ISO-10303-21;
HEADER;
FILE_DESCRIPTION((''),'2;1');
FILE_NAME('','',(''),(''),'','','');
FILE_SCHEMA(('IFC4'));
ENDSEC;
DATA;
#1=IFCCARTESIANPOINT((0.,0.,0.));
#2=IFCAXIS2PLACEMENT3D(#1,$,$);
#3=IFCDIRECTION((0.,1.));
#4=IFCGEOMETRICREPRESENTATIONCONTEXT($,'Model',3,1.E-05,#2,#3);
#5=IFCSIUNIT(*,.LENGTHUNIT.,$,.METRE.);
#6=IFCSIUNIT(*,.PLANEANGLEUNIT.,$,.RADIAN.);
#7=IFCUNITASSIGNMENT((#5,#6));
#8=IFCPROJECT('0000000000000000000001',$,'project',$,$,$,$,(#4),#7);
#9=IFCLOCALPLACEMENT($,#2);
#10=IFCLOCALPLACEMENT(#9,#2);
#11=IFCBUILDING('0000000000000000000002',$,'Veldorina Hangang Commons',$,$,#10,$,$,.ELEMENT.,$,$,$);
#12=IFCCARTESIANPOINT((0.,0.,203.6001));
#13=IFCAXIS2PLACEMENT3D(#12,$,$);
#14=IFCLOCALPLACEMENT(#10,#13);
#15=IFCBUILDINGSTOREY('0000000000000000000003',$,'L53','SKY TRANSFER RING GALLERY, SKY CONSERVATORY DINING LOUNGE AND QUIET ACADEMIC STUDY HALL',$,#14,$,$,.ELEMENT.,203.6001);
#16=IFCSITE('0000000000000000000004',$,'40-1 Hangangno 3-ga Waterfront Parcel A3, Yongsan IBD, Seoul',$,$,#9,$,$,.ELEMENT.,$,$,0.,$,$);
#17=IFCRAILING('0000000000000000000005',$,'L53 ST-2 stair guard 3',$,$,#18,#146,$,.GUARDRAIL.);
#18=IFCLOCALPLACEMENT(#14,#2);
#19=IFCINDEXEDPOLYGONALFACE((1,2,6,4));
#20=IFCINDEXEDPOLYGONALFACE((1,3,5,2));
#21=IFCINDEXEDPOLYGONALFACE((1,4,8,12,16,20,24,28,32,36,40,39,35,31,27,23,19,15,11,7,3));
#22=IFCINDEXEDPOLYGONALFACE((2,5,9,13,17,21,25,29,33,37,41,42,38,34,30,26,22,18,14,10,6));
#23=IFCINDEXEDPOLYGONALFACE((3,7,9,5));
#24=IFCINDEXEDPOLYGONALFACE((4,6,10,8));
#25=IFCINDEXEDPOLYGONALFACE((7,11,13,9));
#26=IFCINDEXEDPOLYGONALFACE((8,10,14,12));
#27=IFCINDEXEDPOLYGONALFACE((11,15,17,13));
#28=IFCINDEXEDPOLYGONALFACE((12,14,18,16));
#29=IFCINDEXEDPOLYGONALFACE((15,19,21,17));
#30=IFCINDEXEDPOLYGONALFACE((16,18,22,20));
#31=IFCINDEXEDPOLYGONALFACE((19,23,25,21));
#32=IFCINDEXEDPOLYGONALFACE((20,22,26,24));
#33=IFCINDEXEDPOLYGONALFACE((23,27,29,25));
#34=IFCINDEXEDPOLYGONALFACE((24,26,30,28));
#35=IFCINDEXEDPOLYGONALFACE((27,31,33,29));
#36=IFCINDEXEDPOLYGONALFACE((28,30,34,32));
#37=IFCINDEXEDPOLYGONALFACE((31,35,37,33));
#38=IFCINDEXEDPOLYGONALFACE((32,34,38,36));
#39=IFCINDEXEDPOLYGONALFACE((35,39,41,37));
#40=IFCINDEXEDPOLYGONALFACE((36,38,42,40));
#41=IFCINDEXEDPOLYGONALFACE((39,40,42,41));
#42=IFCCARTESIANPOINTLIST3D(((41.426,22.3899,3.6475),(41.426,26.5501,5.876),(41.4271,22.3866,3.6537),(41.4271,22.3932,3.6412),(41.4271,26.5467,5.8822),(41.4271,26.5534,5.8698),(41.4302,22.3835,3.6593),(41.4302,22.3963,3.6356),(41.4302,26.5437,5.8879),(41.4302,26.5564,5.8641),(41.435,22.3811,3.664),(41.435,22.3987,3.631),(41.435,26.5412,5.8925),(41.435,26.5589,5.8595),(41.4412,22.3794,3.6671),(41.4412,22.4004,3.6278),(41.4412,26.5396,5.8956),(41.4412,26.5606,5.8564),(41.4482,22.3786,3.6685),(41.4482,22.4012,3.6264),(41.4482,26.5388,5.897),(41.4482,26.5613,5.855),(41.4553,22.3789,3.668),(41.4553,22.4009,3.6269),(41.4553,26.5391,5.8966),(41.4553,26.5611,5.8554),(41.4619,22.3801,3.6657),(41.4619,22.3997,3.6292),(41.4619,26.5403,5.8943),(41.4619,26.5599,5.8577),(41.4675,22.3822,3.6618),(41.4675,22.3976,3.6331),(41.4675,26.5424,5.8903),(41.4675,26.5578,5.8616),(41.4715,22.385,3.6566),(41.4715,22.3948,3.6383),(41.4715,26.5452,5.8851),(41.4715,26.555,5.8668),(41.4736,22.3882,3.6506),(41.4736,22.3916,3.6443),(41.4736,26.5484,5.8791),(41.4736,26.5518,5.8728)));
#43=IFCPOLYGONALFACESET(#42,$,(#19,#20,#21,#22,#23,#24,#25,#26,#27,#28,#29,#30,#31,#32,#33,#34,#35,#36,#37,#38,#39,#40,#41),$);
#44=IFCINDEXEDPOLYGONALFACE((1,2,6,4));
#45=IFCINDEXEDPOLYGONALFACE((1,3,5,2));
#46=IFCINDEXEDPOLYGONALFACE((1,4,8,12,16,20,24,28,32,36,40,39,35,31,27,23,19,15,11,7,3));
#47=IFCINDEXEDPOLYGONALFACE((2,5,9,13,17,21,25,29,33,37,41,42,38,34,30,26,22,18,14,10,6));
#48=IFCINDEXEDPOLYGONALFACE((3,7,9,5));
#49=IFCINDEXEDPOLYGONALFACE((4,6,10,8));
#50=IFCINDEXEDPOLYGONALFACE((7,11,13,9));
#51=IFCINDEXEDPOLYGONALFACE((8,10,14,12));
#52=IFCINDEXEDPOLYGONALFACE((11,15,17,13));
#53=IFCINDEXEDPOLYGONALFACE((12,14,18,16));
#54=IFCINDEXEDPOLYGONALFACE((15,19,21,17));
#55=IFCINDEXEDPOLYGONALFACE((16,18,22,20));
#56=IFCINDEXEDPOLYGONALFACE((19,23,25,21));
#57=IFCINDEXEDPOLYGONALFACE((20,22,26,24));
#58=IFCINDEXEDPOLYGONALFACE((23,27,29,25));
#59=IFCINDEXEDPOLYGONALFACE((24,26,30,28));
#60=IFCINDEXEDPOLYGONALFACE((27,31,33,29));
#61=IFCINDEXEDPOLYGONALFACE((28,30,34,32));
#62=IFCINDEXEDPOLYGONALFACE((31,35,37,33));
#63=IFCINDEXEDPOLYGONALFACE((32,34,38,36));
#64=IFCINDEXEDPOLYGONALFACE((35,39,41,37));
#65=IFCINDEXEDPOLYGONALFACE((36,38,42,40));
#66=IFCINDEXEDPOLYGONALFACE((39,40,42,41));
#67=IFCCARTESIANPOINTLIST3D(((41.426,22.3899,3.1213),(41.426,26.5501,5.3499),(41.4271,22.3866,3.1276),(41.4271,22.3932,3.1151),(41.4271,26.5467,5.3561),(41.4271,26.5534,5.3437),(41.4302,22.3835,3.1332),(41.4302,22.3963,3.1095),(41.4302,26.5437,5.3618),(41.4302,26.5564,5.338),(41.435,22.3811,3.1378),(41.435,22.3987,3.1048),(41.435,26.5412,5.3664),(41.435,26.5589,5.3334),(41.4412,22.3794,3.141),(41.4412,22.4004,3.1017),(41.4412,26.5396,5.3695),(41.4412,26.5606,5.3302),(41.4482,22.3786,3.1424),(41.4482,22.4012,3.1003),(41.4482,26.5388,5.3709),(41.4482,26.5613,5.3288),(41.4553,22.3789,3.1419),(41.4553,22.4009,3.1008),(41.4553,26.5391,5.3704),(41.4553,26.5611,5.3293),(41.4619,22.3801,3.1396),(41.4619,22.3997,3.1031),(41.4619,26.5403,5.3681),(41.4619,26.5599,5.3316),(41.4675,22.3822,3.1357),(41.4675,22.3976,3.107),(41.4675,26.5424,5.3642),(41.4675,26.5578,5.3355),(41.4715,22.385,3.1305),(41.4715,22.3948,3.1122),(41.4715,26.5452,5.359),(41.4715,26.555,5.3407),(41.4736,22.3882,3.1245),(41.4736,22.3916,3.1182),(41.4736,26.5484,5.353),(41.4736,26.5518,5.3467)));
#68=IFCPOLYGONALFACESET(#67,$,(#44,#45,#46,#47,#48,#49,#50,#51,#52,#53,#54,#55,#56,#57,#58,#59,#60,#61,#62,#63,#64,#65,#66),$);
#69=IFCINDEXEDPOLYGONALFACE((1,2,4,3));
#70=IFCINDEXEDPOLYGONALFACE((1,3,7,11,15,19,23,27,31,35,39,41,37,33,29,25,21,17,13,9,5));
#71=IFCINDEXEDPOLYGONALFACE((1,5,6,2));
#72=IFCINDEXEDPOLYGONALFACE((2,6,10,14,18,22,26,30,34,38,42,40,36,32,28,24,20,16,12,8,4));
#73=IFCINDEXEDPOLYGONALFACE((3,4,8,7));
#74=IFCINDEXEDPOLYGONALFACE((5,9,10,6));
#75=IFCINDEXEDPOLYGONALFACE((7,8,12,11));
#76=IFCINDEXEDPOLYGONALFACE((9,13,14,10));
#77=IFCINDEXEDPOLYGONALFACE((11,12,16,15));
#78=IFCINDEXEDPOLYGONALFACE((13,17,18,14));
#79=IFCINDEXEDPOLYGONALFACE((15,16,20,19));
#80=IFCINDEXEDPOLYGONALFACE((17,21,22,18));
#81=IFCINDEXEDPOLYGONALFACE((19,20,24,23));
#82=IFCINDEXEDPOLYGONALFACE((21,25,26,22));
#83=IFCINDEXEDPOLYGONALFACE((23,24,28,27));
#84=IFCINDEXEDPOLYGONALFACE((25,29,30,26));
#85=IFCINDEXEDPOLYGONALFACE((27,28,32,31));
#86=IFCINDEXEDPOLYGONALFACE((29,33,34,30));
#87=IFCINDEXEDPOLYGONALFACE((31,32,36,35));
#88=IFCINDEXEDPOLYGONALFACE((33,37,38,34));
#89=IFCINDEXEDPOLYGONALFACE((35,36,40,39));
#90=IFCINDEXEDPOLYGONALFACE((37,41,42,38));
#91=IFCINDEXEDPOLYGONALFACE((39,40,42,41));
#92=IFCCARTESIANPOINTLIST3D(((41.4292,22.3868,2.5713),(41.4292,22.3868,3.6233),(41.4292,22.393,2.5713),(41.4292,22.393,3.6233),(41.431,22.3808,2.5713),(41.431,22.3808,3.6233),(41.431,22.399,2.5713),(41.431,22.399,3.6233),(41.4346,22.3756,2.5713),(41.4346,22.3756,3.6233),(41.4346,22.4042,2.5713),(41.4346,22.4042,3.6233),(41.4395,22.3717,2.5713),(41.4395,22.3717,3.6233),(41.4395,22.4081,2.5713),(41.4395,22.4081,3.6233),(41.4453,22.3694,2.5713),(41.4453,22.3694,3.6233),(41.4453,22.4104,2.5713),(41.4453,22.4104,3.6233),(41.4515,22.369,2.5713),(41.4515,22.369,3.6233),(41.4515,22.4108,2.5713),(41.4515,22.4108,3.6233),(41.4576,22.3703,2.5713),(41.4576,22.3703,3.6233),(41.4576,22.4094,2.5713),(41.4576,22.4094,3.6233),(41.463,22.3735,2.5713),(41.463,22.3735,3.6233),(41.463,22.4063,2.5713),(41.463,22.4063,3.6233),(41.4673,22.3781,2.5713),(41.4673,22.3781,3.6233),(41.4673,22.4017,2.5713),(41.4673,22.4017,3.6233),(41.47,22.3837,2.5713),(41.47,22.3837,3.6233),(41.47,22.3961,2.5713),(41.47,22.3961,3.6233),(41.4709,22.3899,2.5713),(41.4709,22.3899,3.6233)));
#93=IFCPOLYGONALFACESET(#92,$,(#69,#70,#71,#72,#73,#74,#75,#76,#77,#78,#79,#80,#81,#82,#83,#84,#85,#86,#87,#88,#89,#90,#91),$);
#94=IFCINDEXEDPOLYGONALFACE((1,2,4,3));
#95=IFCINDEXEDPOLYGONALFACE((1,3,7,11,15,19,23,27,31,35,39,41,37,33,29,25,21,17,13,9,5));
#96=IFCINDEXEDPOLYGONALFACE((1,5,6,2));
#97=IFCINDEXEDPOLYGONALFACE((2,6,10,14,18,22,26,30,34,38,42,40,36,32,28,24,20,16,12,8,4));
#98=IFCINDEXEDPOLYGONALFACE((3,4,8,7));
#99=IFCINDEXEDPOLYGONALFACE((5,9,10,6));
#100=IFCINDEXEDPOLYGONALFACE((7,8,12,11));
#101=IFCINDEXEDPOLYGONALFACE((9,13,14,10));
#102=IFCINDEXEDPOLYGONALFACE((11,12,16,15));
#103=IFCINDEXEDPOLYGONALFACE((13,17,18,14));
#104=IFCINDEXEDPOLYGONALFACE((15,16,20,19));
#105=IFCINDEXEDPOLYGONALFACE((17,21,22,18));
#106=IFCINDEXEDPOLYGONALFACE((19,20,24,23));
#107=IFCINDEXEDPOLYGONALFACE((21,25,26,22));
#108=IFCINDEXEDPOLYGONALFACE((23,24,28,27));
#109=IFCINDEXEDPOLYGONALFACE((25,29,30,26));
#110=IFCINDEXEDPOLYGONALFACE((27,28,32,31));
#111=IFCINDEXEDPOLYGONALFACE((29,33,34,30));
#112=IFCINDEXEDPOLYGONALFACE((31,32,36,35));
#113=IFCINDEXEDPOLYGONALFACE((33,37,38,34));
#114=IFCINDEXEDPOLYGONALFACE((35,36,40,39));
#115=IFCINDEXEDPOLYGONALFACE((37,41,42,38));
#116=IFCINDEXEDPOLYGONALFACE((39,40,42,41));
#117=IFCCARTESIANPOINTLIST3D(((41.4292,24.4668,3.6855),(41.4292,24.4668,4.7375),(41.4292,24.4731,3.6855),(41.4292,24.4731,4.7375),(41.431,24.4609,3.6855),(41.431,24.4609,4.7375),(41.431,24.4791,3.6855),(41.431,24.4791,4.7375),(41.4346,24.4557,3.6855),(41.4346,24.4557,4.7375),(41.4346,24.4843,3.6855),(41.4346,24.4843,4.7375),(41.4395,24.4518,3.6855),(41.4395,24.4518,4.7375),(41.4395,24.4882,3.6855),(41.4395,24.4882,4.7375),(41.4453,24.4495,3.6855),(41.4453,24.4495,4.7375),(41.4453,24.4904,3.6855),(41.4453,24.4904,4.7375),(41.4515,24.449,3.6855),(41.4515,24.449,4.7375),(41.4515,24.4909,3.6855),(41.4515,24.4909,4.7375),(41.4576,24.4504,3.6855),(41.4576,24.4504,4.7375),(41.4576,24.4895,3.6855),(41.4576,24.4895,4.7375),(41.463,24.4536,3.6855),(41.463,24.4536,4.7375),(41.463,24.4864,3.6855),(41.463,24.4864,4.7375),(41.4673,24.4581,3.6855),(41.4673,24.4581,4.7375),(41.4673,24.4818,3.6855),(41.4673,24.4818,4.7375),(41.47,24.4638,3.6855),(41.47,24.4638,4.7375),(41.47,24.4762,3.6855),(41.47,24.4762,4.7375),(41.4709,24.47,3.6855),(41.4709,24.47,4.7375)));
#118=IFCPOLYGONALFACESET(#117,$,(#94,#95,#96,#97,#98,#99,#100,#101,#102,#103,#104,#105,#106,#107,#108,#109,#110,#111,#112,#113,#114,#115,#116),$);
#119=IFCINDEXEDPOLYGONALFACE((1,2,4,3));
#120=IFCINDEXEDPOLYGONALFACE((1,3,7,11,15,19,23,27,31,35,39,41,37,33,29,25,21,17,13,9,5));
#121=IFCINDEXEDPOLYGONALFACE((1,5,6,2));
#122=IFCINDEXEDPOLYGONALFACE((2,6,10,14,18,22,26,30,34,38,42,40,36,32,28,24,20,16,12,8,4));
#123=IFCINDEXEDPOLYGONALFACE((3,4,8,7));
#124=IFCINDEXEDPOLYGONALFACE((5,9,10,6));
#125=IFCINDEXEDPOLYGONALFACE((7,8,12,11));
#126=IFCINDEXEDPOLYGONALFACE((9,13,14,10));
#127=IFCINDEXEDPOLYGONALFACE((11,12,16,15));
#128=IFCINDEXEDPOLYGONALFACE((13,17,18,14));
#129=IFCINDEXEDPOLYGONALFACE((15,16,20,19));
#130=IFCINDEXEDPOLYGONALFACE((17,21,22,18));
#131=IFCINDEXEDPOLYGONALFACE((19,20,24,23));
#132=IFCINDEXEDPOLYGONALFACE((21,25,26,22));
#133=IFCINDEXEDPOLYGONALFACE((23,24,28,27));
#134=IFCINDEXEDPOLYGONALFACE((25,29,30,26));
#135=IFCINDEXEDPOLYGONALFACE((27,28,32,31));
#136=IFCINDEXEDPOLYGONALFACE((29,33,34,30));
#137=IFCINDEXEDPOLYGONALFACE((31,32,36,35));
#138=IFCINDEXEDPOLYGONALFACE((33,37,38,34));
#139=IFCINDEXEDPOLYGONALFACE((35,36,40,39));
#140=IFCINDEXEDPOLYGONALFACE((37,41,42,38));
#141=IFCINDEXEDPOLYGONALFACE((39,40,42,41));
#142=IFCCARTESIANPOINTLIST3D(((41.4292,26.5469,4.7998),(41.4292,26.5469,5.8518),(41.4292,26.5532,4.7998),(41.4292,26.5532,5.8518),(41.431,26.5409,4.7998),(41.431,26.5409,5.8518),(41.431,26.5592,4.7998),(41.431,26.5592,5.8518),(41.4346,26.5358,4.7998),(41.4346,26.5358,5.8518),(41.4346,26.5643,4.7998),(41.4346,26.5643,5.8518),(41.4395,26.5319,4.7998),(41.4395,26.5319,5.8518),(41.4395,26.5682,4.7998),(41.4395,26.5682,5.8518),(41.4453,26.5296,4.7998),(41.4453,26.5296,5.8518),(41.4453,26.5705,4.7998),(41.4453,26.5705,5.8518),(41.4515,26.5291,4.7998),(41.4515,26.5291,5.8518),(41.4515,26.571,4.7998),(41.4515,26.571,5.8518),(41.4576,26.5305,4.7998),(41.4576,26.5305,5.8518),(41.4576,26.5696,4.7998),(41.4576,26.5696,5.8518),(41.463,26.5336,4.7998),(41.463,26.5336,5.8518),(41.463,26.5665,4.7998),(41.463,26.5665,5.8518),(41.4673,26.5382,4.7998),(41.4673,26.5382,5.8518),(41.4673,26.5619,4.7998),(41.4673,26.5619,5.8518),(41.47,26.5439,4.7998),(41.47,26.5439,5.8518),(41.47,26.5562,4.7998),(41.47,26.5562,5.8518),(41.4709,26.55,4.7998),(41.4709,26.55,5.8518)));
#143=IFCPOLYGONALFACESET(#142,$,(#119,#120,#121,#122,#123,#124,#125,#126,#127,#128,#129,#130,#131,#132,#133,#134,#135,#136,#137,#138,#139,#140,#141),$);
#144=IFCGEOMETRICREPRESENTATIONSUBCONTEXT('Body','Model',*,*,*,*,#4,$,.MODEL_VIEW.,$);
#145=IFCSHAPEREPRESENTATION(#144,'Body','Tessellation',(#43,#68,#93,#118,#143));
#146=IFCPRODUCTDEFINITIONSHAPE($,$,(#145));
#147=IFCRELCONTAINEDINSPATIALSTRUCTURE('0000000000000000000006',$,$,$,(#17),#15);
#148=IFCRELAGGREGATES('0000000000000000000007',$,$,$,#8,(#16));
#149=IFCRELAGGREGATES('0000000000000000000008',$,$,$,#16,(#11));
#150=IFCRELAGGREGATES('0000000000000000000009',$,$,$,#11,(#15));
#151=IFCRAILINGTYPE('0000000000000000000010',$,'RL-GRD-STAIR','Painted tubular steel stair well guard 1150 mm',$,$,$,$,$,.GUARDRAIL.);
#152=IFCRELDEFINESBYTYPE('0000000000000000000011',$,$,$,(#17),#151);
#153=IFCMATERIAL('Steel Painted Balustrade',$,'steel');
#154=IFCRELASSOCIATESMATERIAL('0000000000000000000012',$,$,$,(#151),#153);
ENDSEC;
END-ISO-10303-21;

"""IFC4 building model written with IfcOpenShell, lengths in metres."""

from ifc_helpers import new_model, si_unit, direction, frame, origin, origin_2d, place, context, subcontext, project, spatial, circle, extrude, material, type_object, element, save


model = new_model("IFC4")

# Units and contexts
model_context = context("Model", 3, precision=1e-05, world=origin(), true_north=direction((0.0, 1.0)))
body_context = subcontext(model_context, "Body", "Model", "MODEL_VIEW")
ifc_project = project(units=[si_unit("LENGTHUNIT", "METRE"), si_unit("PLANEANGLEUNIT", "RADIAN")], contexts=[model_context])

# Site, building, storey
site_placement = place(None, origin())
site = spatial("IfcSite", under=ifc_project, at=site_placement, Name="40-1 Hangangno 3-ga Waterfront Parcel A3, Yongsan IBD, Seoul", CompositionType="ELEMENT", RefElevation=0.0)
building_placement = place(site_placement, origin())
building = spatial("IfcBuilding", under=site, at=building_placement, Name="Veldorina Hangang Commons", CompositionType="ELEMENT")
storey_placement = place(building_placement, frame((0.0, 0.0, 203.6001)))
storey = spatial("IfcBuildingStorey", under=building, at=storey_placement, Name="L53", Description="SKY TRANSFER RING GALLERY, SKY CONSERVATORY DINING LOUNGE AND QUIET ACADEMIC STUDY HALL", CompositionType="ELEMENT", Elevation=203.6001)

# Railing
ifc_material_1 = material(Name="Steel Painted Balustrade", Category="steel")
railing_type = type_object("IfcRailingType", Name="RL-GRD-STAIR", Description="Painted tubular steel stair well guard 1150 mm", PredefinedType="GUARDRAIL", material=ifc_material_1)
railing_1_placement = place(storey_placement, frame((41.45, 22.3899, 2.5713)))
element("IfcRailing", 1, at=railing_1_placement, inside=storey, type_object=railing_type, Name="L53 ST-2 stair guard 3", PredefinedType="GUARDRAIL", context=body_context, shape_type="SweptSolid", body=[
    extrude(circle(Radius=0.0239, at=origin_2d()), frame((0.0, 0.0, 1.0762), z_axis=(0.0, 0.881492, 0.472198), x_axis=(-1.0, 0.0, 0.0)), (0.0, 0.0, 1.0), 4.7195),
    extrude(circle(Radius=0.0239, at=origin_2d()), frame((0.0, 0.0, 0.55), z_axis=(0.0, 0.881492, 0.472198), x_axis=(-1.0, 0.0, 0.0)), (0.0, 0.0, 1.0), 4.7195),
    extrude(circle(Radius=0.021, at=origin_2d()), origin(), (0.0, 0.0, 1.0), 1.052),
    extrude(circle(Radius=0.021, at=origin_2d()), frame((0.0, 2.0801, 1.1143)), (0.0, 0.0, 1.0), 1.052),
    extrude(circle(Radius=0.021, at=origin_2d()), frame((0.0, 4.1602, 2.2285)), (0.0, 0.0, 1.0), 1.052),
])

save(model, "model.ifc")
